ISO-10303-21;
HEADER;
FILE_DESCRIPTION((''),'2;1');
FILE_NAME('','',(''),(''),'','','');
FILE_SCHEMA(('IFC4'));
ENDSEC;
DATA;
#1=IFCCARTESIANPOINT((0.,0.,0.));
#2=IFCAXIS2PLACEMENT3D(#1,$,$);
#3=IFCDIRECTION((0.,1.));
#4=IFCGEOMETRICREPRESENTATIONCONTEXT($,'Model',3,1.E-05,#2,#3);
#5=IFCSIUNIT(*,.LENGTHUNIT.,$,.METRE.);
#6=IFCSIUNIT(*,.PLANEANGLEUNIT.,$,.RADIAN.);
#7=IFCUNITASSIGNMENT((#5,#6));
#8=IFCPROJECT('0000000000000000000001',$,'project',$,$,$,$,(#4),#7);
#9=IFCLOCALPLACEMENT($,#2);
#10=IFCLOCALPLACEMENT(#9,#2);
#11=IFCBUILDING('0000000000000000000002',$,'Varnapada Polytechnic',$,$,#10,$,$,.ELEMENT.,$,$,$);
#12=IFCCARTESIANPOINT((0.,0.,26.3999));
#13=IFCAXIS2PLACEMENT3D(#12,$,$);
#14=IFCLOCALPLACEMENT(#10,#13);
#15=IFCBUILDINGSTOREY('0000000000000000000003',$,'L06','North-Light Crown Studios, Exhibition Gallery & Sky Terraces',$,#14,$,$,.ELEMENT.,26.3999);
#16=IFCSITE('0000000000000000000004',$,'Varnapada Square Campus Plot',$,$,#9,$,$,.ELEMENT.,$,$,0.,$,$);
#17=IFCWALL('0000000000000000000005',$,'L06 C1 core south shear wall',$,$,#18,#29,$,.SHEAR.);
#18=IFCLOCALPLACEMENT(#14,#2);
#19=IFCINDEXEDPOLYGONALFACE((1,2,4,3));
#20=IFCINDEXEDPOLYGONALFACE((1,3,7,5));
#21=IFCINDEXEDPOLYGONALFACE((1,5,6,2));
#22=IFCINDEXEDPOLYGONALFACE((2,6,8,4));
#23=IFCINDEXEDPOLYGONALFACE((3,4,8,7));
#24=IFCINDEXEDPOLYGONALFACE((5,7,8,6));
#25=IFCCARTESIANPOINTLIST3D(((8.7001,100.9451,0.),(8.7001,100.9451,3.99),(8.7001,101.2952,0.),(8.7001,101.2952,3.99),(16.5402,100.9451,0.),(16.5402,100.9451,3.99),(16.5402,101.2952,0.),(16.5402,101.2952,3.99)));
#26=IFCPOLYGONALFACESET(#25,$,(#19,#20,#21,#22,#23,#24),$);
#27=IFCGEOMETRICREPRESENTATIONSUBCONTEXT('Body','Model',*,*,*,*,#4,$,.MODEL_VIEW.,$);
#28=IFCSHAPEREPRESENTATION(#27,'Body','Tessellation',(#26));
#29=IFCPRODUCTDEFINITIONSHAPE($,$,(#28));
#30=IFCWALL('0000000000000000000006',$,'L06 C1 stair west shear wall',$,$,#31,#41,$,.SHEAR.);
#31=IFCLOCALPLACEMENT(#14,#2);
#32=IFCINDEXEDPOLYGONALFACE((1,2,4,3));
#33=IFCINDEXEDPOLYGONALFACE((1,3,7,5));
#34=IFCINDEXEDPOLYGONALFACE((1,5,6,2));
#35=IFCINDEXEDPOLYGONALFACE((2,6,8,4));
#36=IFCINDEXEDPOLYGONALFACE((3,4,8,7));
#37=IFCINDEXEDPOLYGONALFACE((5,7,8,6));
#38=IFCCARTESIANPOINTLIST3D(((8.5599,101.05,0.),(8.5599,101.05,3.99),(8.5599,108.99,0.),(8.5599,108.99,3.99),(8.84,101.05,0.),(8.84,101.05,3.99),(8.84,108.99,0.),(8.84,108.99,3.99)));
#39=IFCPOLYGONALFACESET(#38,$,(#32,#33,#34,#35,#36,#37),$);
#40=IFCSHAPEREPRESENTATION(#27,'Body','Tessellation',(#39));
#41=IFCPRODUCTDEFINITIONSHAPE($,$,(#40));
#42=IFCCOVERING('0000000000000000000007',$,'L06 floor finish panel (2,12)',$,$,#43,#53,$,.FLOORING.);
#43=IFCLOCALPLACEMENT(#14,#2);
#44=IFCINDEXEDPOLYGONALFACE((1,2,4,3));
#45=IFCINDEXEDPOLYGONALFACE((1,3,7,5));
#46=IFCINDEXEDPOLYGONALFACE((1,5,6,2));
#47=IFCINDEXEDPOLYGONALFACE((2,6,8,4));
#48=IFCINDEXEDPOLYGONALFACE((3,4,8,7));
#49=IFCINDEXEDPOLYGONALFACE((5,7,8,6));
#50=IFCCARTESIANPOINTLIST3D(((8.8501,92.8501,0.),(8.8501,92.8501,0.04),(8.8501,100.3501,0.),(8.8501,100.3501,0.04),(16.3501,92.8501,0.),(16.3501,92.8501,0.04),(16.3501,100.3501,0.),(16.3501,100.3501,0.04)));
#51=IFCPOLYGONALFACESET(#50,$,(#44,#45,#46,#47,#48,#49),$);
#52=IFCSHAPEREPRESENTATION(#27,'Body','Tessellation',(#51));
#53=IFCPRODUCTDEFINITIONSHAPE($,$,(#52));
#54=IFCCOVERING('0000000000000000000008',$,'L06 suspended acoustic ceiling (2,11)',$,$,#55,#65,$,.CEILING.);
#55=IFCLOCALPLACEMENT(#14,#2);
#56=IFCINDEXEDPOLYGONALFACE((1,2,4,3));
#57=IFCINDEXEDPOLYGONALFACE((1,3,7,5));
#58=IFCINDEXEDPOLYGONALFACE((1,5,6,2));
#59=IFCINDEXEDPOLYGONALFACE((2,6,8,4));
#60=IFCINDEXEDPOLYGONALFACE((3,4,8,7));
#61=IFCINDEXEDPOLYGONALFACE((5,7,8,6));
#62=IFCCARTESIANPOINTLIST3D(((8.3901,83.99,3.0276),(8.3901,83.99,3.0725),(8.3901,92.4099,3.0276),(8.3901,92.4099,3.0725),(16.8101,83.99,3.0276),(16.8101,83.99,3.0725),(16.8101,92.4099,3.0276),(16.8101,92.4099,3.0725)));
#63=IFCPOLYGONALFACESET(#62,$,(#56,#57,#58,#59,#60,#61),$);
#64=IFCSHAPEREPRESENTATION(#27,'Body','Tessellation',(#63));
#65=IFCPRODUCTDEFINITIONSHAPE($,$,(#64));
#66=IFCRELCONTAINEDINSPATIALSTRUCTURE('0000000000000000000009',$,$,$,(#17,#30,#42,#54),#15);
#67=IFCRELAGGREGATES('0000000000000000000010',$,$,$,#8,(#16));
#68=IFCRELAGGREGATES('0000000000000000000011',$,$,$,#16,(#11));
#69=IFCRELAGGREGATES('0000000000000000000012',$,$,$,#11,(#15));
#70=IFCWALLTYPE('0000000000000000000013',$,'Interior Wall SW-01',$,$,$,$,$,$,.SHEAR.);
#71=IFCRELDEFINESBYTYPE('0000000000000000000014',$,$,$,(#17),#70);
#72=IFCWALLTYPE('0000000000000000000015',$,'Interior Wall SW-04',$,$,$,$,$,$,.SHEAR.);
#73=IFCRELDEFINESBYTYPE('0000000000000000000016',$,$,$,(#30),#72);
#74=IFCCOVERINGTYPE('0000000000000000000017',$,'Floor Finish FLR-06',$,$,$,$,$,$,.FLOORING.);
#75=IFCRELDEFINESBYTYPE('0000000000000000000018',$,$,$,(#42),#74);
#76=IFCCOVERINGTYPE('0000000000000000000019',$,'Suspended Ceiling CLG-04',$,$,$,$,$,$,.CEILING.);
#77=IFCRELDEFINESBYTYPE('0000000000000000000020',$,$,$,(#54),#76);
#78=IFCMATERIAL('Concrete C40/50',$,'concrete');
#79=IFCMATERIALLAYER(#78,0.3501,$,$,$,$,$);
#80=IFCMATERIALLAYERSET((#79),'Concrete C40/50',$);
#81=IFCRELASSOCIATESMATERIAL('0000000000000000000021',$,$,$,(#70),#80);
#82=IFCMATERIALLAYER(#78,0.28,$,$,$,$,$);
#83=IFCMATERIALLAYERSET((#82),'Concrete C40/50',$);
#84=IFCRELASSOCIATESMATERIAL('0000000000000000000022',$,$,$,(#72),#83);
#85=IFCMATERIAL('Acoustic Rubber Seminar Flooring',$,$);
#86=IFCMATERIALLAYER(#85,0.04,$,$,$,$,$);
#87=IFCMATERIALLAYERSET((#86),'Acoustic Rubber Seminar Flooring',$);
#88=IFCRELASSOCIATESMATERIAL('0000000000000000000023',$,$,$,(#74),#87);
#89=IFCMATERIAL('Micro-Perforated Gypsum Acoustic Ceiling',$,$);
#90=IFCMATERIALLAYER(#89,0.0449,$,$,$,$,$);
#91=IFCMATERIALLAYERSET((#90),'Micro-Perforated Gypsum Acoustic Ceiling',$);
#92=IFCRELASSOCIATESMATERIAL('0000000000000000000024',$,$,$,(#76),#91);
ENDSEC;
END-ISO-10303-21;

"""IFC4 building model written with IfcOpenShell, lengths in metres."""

from ifc_helpers import new_model, si_unit, direction, frame, frame_2d, origin, origin_2d, place, context, subcontext, project, spatial, rectangle, extrude, material, layer, layer_set, type_object, element, save


model = new_model("IFC4")

# Units and contexts
model_context = context("Model", 3, precision=1e-05, world=origin(), true_north=direction((0.0, 1.0)))
body_context = subcontext(model_context, "Body", "Model", "MODEL_VIEW")
ifc_project = project(units=[si_unit("LENGTHUNIT", "METRE"), si_unit("PLANEANGLEUNIT", "RADIAN")], contexts=[model_context])

# Site, building, storey
site_placement = place(None, origin())
site = spatial("IfcSite", under=ifc_project, at=site_placement, Name="Varnapada Square Campus Plot", CompositionType="ELEMENT", RefElevation=0.0)
building_placement = place(site_placement, origin())
building = spatial("IfcBuilding", under=site, at=building_placement, Name="Varnapada Polytechnic", CompositionType="ELEMENT")
storey_placement = place(building_placement, frame((0.0, 0.0, 26.3999)))
storey = spatial("IfcBuildingStorey", under=building, at=storey_placement, Name="L06", Description="North-Light Crown Studios, Exhibition Gallery & Sky Terraces", CompositionType="ELEMENT", Elevation=26.3999)

# Wall
ifc_material_1 = material(Name="Concrete C40/50", Category="concrete")
ifc_layer_1 = layer(ifc_material_1, 0.3501)
ifc_layer_set_1 = layer_set([ifc_layer_1], Name="Concrete C40/50")
wall_type_1 = type_object("IfcWallType", Name="Interior Wall SW-01", PredefinedType="SHEAR", material=ifc_layer_set_1)
wall_1_placement = place(storey_placement, frame((16.54, 101.1201, 0.0), z_axis=(0.0, 0.0, 1.0), x_axis=(-1.0, 0.0, 0.0)))
element("IfcWall", 1, at=wall_1_placement, inside=storey, type_object=wall_type_1, Name="L06 C1 core south shear wall", PredefinedType="SHEAR", context=body_context, shape_type="SweptSolid", body=[
    extrude(rectangle(XDim=7.8401, YDim=0.3501, at=frame_2d((3.9199, 0.0))), origin(), (0.0, 0.0, 1.0), 3.99),
])

# Wall
ifc_layer_2 = layer(ifc_material_1, 0.28)
ifc_layer_set_2 = layer_set([ifc_layer_2], Name="Concrete C40/50")
wall_type_2 = type_object("IfcWallType", Name="Interior Wall SW-04", PredefinedType="SHEAR", material=ifc_layer_set_2)
wall_2_placement = place(storey_placement, frame((8.7, 101.05, 0.0), z_axis=(0.0, 0.0, 1.0), x_axis=(0.0, 1.0, 0.0)))
element("IfcWall", 2, at=wall_2_placement, inside=storey, type_object=wall_type_2, Name="L06 C1 stair west shear wall", PredefinedType="SHEAR", context=body_context, shape_type="SweptSolid", body=[
    extrude(rectangle(XDim=7.9399, YDim=0.28, at=frame_2d((3.97, 0.0))), origin(), (0.0, 0.0, 1.0), 3.99),
])

# Covering
ifc_material_2 = material(Name="Acoustic Rubber Seminar Flooring")
ifc_layer_3 = layer(ifc_material_2, 0.04)
ifc_layer_set_3 = layer_set([ifc_layer_3], Name="Acoustic Rubber Seminar Flooring")
covering_type_1 = type_object("IfcCoveringType", Name="Floor Finish FLR-06", PredefinedType="FLOORING", material=ifc_layer_set_3)
covering_1_placement = place(storey_placement, frame((12.6001, 96.6001, 0.0), z_axis=(0.0, 0.0, 1.0), x_axis=(1.0, 0.0, 0.0)))
element("IfcCovering", 3, at=covering_1_placement, inside=storey, type_object=covering_type_1, Name="L06 floor finish panel (2,12)", PredefinedType="FLOORING", context=body_context, shape_type="SweptSolid", body=[
    extrude(rectangle(XDim=7.5, YDim=7.5, at=origin_2d()), origin(), (0.0, 0.0, 1.0), 0.04),
])

# Covering
ifc_material_3 = material(Name="Micro-Perforated Gypsum Acoustic Ceiling")
ifc_layer_4 = layer(ifc_material_3, 0.0449)
ifc_layer_set_4 = layer_set([ifc_layer_4], Name="Micro-Perforated Gypsum Acoustic Ceiling")
covering_type_2 = type_object("IfcCoveringType", Name="Suspended Ceiling CLG-04", PredefinedType="CEILING", material=ifc_layer_set_4)
covering_2_placement = place(storey_placement, frame((12.6001, 88.2, 3.0276), z_axis=(0.0, 0.0, 1.0), x_axis=(1.0, 0.0, 0.0)))
element("IfcCovering", 4, at=covering_2_placement, inside=storey, type_object=covering_type_2, Name="L06 suspended acoustic ceiling (2,11)", PredefinedType="CEILING", context=body_context, shape_type="SweptSolid", body=[
    extrude(rectangle(XDim=8.4199, YDim=8.4199, at=origin_2d()), origin(), (0.0, 0.0, 1.0), 0.0449),
])

save(model, "model.ifc")
